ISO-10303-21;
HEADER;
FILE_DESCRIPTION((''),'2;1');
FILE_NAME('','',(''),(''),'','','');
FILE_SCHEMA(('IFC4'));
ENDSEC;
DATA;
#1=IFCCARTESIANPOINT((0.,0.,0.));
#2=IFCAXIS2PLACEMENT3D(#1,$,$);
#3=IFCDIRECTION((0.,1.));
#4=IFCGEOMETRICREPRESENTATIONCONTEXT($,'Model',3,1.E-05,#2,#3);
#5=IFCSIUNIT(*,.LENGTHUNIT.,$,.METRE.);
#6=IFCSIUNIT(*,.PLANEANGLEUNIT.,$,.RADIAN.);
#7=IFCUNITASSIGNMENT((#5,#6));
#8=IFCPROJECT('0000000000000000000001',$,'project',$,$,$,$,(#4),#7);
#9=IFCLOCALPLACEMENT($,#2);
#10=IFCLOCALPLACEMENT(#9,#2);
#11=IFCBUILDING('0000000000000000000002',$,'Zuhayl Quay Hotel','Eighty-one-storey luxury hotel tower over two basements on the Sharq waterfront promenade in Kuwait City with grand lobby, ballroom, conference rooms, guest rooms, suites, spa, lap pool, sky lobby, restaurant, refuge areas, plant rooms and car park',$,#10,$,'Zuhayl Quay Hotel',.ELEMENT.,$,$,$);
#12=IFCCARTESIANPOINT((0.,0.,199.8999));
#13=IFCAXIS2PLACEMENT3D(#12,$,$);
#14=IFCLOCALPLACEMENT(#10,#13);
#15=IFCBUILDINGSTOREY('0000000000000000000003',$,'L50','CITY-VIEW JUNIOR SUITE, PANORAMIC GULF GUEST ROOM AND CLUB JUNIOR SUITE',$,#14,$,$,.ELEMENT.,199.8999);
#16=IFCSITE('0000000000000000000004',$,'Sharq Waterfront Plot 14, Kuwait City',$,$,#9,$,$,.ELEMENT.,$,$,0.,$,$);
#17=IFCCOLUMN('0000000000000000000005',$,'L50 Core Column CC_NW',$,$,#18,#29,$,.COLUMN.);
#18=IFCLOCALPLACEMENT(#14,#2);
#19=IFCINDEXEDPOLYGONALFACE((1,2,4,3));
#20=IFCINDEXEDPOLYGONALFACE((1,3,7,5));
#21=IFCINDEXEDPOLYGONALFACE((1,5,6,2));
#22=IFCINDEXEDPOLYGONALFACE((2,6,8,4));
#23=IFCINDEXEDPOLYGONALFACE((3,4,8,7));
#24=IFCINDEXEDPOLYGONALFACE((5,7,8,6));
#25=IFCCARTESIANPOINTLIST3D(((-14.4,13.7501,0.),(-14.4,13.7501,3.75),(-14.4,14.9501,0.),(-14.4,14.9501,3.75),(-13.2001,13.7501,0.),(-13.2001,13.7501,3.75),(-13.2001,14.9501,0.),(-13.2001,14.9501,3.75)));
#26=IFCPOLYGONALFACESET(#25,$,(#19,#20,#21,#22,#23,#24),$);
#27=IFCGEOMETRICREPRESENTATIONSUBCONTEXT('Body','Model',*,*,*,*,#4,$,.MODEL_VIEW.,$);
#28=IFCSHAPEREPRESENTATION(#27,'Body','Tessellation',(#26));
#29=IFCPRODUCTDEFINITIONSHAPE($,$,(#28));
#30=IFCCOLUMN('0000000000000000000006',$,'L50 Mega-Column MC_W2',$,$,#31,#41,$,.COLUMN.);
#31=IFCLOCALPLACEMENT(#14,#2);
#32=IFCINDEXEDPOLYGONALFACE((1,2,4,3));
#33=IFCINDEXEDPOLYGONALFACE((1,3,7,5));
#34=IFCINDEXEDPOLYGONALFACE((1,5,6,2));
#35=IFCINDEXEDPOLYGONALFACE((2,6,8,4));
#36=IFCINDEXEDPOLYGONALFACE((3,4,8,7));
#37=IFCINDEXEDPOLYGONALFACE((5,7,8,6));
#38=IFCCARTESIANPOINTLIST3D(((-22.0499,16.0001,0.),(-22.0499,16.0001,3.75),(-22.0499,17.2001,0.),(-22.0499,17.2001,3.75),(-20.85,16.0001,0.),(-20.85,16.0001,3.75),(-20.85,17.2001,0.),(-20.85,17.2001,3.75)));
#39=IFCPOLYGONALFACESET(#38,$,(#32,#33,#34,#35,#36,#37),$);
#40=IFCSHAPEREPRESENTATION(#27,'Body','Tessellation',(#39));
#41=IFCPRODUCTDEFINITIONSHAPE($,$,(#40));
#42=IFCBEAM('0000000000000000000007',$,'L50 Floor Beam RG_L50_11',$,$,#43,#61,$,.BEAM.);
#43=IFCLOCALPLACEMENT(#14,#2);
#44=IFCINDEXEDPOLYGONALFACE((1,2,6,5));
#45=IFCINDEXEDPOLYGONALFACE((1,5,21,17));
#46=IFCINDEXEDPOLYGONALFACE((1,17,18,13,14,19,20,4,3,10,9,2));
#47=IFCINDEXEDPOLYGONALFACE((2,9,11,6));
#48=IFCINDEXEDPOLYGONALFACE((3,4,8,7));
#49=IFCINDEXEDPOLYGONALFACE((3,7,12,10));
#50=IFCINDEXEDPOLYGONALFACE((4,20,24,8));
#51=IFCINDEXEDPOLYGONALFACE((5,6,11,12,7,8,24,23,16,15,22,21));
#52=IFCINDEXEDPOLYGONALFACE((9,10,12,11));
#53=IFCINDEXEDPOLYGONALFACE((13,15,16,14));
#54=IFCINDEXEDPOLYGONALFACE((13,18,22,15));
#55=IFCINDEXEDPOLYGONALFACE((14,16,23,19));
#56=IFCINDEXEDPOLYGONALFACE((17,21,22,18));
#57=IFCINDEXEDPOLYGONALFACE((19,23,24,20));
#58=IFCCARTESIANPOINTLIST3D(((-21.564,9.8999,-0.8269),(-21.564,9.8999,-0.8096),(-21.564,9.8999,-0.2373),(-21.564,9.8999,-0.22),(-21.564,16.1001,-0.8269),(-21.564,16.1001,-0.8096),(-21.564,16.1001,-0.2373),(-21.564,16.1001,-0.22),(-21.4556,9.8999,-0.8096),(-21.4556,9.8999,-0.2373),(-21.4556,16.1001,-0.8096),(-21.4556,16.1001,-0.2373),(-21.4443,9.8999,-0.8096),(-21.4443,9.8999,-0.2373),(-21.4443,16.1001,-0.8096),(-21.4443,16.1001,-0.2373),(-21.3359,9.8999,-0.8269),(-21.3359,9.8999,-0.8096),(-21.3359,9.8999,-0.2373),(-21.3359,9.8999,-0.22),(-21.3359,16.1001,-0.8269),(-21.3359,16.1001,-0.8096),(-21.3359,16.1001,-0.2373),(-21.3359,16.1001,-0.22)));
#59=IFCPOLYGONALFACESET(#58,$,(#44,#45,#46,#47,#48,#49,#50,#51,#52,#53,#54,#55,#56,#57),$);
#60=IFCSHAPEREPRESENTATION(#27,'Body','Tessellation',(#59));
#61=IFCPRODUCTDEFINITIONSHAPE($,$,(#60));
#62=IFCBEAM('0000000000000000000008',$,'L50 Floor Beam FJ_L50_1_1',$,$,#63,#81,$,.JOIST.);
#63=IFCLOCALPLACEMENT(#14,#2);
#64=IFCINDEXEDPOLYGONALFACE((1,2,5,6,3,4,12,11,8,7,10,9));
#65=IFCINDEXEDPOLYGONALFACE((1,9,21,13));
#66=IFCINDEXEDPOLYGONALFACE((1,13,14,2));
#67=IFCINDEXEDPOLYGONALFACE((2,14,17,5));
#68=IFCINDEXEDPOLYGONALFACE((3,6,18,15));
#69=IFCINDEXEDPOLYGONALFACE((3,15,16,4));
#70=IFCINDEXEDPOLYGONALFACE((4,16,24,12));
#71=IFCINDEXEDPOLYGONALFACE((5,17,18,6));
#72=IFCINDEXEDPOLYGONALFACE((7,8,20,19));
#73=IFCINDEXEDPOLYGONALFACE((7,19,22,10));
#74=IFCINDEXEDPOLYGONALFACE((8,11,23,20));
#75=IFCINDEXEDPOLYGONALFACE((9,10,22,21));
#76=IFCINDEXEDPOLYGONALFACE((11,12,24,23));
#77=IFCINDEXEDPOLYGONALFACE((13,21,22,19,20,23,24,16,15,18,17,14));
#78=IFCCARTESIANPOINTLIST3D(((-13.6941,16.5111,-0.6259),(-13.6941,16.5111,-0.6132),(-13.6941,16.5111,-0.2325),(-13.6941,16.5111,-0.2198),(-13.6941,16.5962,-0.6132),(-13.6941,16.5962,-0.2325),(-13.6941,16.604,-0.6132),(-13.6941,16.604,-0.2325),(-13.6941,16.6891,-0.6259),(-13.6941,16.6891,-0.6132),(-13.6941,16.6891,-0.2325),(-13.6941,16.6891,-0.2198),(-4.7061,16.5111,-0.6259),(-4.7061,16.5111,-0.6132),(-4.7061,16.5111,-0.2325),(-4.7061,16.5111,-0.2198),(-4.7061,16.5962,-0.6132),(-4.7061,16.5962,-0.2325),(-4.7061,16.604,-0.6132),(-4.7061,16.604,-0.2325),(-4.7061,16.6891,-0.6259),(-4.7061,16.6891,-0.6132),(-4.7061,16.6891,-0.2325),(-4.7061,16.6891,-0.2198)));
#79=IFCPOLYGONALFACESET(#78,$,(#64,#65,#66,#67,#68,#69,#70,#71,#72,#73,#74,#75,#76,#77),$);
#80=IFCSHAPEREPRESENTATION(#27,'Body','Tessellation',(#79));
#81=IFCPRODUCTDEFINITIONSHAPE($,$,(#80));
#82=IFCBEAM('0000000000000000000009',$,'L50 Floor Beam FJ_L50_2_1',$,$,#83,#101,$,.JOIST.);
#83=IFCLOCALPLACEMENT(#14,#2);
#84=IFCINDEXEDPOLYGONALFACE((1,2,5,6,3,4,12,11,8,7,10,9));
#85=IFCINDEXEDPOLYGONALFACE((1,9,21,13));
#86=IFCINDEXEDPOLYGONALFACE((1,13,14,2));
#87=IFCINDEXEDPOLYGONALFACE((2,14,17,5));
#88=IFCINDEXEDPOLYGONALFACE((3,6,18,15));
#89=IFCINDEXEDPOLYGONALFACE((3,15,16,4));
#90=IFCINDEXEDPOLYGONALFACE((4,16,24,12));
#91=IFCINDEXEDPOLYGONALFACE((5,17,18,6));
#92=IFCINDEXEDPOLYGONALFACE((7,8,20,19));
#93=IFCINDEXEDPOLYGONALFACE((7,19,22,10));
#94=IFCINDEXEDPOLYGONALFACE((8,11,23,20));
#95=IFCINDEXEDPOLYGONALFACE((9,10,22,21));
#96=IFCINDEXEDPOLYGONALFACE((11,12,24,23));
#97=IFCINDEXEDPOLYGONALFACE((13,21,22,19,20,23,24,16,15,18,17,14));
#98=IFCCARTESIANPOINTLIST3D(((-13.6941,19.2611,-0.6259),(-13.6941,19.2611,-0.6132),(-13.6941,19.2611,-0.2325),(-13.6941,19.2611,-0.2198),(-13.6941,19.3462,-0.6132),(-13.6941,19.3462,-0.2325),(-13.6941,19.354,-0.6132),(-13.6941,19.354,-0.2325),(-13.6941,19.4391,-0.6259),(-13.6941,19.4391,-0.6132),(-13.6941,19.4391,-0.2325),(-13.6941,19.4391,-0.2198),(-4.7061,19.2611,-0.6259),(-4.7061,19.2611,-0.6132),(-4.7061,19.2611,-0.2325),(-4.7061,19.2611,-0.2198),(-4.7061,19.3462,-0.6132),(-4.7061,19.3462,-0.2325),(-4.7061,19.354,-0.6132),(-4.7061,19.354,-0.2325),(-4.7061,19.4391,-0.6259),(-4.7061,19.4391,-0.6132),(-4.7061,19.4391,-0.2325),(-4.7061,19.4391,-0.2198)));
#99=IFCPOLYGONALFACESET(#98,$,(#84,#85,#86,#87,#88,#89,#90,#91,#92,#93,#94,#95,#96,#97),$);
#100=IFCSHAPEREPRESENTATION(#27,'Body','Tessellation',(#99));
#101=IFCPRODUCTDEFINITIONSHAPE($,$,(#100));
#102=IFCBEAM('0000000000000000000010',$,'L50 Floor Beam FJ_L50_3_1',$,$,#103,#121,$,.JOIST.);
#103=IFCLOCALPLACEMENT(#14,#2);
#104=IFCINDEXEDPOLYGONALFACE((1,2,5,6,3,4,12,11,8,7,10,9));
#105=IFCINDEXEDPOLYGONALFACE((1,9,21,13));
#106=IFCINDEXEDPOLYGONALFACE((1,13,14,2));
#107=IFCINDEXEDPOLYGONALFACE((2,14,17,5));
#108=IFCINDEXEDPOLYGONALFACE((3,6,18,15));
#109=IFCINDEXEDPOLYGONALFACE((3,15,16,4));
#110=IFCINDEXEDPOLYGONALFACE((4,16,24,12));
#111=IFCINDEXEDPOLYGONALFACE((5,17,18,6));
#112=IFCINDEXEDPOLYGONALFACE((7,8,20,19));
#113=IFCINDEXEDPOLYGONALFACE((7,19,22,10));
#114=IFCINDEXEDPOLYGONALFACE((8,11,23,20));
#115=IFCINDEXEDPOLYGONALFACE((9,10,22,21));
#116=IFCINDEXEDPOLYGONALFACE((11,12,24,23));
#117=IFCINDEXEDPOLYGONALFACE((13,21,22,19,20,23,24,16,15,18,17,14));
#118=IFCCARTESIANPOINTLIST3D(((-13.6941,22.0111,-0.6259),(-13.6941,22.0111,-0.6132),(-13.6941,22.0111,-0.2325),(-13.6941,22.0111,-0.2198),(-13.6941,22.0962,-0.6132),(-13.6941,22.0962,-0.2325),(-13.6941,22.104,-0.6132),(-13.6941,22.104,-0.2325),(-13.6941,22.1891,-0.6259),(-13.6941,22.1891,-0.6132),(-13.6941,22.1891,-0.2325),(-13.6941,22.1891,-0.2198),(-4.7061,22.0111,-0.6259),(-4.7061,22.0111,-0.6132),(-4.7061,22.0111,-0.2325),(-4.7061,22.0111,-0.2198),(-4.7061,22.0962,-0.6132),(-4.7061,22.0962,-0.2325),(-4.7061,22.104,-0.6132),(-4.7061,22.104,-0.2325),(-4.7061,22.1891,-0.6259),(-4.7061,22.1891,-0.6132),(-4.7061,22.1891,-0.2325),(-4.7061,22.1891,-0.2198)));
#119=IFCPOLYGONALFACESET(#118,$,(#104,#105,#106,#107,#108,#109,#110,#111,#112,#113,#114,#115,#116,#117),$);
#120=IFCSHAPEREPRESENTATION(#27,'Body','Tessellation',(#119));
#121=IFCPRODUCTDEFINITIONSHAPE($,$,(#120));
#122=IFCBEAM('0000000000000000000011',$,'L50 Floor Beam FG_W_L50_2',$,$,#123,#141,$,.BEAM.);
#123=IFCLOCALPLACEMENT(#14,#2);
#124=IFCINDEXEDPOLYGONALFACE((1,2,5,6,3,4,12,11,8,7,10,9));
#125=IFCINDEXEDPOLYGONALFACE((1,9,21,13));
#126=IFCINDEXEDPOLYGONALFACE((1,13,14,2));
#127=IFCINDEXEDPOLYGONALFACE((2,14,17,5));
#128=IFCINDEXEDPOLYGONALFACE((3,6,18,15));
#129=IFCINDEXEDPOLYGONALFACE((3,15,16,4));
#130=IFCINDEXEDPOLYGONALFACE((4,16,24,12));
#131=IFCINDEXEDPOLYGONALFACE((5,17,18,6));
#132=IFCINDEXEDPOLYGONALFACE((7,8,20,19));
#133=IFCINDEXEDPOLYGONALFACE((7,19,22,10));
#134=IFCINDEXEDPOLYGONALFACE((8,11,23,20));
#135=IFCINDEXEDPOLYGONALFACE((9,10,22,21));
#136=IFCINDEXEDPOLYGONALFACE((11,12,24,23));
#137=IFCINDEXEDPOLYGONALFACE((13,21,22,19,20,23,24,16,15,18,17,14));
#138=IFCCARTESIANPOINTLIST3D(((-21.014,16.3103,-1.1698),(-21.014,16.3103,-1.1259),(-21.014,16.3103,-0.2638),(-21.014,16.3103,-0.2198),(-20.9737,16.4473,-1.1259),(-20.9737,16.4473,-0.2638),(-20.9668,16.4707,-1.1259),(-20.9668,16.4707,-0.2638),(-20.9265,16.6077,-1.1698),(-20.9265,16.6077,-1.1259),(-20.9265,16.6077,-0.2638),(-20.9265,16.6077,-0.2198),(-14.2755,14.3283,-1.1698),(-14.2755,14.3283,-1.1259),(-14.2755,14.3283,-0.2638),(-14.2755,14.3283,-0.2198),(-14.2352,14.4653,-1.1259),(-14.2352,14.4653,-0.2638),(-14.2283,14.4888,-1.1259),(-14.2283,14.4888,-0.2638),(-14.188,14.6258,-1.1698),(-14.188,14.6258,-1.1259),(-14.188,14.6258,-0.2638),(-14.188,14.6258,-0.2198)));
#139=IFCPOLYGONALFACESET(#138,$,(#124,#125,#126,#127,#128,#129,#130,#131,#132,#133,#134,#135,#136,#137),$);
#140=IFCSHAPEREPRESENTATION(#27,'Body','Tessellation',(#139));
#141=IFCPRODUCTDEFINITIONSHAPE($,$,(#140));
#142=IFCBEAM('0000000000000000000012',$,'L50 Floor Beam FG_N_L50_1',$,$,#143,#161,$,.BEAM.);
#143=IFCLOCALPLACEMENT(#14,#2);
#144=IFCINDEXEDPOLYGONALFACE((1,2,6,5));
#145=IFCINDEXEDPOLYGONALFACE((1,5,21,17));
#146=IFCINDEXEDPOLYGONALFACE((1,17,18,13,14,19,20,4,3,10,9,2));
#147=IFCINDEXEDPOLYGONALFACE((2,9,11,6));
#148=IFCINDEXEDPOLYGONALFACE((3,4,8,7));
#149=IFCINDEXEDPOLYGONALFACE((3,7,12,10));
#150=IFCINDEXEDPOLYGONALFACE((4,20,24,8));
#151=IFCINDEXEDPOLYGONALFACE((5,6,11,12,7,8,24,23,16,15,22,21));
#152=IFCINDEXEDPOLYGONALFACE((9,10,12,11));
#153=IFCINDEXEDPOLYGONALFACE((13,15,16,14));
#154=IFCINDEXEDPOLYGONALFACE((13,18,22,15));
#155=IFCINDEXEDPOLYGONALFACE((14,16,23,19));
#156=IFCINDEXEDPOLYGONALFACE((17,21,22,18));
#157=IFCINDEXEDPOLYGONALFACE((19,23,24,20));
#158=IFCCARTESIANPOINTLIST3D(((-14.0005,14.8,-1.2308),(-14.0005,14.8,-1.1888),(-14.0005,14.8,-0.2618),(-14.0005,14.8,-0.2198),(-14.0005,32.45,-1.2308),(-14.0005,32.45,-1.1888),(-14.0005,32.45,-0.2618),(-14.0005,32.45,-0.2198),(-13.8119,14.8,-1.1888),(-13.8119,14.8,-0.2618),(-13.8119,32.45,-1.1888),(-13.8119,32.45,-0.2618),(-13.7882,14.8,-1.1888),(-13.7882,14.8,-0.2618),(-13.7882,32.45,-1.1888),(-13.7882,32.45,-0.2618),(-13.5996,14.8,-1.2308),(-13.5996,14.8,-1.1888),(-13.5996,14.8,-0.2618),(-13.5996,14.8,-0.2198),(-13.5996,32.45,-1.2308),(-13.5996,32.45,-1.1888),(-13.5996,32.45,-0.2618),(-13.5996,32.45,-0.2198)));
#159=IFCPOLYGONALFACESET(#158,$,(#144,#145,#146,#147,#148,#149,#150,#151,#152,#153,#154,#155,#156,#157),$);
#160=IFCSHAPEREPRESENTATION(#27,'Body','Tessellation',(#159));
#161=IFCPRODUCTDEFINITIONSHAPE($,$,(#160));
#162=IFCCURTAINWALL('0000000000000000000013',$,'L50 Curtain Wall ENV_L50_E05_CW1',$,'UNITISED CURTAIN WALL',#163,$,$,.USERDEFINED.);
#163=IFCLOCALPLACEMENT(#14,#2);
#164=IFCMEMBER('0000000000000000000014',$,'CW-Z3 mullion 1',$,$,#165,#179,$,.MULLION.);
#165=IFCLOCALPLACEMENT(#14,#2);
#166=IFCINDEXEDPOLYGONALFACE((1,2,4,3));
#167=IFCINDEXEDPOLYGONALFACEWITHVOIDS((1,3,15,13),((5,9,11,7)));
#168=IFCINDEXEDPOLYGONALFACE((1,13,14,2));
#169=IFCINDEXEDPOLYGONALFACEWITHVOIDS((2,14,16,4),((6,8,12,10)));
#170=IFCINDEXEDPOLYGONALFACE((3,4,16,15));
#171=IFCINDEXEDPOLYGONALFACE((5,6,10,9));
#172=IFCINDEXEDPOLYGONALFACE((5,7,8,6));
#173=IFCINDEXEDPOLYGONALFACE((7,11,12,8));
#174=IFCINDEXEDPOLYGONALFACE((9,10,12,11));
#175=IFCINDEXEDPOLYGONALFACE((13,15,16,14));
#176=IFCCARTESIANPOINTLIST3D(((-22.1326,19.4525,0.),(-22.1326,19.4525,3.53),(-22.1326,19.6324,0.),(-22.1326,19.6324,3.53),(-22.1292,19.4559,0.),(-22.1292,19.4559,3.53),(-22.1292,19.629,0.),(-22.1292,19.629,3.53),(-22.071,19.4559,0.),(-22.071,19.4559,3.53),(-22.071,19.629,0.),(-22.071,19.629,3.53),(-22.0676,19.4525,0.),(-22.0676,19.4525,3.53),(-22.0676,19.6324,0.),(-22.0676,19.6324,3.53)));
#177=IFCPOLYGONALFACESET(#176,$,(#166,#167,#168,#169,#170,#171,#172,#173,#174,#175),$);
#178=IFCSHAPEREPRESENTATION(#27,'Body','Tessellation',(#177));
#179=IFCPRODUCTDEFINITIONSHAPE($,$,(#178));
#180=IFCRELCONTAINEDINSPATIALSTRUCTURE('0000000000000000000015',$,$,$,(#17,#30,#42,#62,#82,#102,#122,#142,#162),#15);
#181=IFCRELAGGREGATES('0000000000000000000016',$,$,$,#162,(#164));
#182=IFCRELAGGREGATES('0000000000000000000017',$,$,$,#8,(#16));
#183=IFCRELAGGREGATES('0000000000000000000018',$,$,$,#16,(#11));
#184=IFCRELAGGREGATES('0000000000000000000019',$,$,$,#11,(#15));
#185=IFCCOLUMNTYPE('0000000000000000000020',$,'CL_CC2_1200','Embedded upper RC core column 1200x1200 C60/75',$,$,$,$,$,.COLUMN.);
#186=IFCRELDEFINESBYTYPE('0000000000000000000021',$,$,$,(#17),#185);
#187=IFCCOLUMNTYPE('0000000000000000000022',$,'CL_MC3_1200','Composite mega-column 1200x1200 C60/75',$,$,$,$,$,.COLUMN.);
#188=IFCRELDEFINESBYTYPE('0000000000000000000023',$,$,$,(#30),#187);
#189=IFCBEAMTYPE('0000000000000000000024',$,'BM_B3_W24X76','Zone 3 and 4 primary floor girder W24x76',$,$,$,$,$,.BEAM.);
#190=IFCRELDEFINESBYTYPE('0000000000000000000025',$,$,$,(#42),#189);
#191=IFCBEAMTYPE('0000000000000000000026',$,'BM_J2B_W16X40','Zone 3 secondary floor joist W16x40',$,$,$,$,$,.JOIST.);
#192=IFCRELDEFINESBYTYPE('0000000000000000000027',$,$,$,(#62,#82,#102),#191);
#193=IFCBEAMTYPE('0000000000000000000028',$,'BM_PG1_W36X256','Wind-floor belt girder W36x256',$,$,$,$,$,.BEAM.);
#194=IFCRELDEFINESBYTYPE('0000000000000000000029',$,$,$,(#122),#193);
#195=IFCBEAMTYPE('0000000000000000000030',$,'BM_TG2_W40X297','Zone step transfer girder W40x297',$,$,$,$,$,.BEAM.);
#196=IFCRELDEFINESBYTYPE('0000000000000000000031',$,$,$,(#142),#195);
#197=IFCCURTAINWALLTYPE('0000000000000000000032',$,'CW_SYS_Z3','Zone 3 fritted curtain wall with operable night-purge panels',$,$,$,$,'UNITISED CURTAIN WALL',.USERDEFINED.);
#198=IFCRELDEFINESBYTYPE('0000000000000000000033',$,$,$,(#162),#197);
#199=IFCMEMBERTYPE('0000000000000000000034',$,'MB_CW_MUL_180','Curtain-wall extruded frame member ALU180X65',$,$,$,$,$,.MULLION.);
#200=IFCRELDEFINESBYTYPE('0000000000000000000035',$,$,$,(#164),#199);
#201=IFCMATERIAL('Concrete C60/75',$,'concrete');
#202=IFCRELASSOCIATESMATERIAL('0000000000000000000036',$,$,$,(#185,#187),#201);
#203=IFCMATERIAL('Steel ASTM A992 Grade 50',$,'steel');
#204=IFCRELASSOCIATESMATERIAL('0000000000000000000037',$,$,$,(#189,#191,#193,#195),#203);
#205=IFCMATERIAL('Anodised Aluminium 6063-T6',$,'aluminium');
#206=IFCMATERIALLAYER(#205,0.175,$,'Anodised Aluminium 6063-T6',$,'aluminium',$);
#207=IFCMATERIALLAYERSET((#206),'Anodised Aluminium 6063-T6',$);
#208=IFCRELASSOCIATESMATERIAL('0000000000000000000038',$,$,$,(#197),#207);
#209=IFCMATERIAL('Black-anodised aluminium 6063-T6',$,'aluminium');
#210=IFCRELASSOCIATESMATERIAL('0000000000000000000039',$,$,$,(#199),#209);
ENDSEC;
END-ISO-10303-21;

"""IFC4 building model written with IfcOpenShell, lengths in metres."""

from ifc_helpers import new_model, si_unit, direction, frame, origin, origin_2d, place, context, subcontext, project, spatial, rectangle, hollow_rectangle, i_section, extrude, material, layer, layer_set, material_profile, profile_set, type_object, element, aggregate, save


model = new_model("IFC4")

# Units and contexts
model_context = context("Model", 3, precision=1e-05, world=origin(), true_north=direction((0.0, 1.0)))
body_context = subcontext(model_context, "Body", "Model", "MODEL_VIEW")
ifc_project = project(units=[si_unit("LENGTHUNIT", "METRE"), si_unit("PLANEANGLEUNIT", "RADIAN")], contexts=[model_context])

# Site, building, storey
site_placement = place(None, origin())
site = spatial("IfcSite", under=ifc_project, at=site_placement, Name="Sharq Waterfront Plot 14, Kuwait City", CompositionType="ELEMENT", RefElevation=0.0)
building_placement = place(site_placement, origin())
building = spatial("IfcBuilding", under=site, at=building_placement, Name="Zuhayl Quay Hotel", Description="Eighty-one-storey luxury hotel tower over two basements on the Sharq waterfront promenade in Kuwait City with grand lobby, ballroom, conference rooms, guest rooms, suites, spa, lap pool, sky lobby, restaurant, refuge areas, plant rooms and car park", LongName="Zuhayl Quay Hotel", CompositionType="ELEMENT")
storey_placement = place(building_placement, frame((0.0, 0.0, 199.8999)))
storey = spatial("IfcBuildingStorey", under=building, at=storey_placement, Name="L50", Description="CITY-VIEW JUNIOR SUITE, PANORAMIC GULF GUEST ROOM AND CLUB JUNIOR SUITE", CompositionType="ELEMENT", Elevation=199.8999)

# Columns
ifc_material_1 = material(Name="Concrete C60/75", Category="concrete")
ifc_material_profile_1 = material_profile(ifc_material_1, rectangle(XDim=1.2, YDim=1.2, at=origin_2d()), Name="RC1200X1200")
ifc_profile_set_1 = profile_set([ifc_material_profile_1], Name="Concrete C60/75")
column_type_1 = type_object("IfcColumnType", Name="CL_CC2_1200", Description="Embedded upper RC core column 1200x1200 C60/75", PredefinedType="COLUMN", material=ifc_profile_set_1)
column_1_placement = place(storey_placement, frame((-13.8, 14.3501, 0.0), z_axis=(0.0, 0.0, 1.0), x_axis=(1.0, 0.0, 0.0)))
element("IfcColumn", 1, at=column_1_placement, inside=storey, type_object=column_type_1, Name="L50 Core Column CC_NW", PredefinedType="COLUMN", context=body_context, shape_type="SweptSolid", body=[
    extrude(rectangle(XDim=1.2, YDim=1.2, at=origin_2d()), origin(), (0.0, 0.0, 1.0), 3.75),
])
ifc_material_profile_2 = material_profile(ifc_material_1, rectangle(XDim=1.2, YDim=1.2, at=origin_2d()), Name="RC1200X1200")
ifc_profile_set_2 = profile_set([ifc_material_profile_2], Name="Concrete C60/75")
column_type_2 = type_object("IfcColumnType", Name="CL_MC3_1200", Description="Composite mega-column 1200x1200 C60/75", PredefinedType="COLUMN", material=ifc_profile_set_2)
column_2_placement = place(storey_placement, frame((-21.45, 16.6001, 0.0), z_axis=(0.0, 0.0, 1.0), x_axis=(1.0, 0.0, 0.0)))
element("IfcColumn", 2, at=column_2_placement, inside=storey, type_object=column_type_2, Name="L50 Mega-Column MC_W2", PredefinedType="COLUMN", context=body_context, shape_type="SweptSolid", body=[
    extrude(rectangle(XDim=1.2, YDim=1.2, at=origin_2d()), origin(), (0.0, 0.0, 1.0), 3.75),
])

# Beams
ifc_material_2 = material(Name="Steel ASTM A992 Grade 50", Category="steel")
ifc_material_profile_3 = material_profile(ifc_material_2, i_section(OverallWidth=0.228, OverallDepth=0.6069, WebThickness=0.0112, FlangeThickness=0.0173, at=origin_2d()), Name="W24X76")
ifc_profile_set_3 = profile_set([ifc_material_profile_3], Name="Steel ASTM A992 Grade 50")
beam_type_1 = type_object("IfcBeamType", Name="BM_B3_W24X76", Description="Zone 3 and 4 primary floor girder W24x76", PredefinedType="BEAM", material=ifc_profile_set_3)
beam_1_placement = place(storey_placement, frame((-21.45, 16.1001, -0.5234), z_axis=(0.0, -1.0, 0.0), x_axis=(1.0, 0.0, 0.0)))
element("IfcBeam", 3, at=beam_1_placement, inside=storey, type_object=beam_type_1, Name="L50 Floor Beam RG_L50_11", PredefinedType="BEAM", context=body_context, shape_type="SweptSolid", body=[
    extrude(i_section(OverallWidth=0.228, OverallDepth=0.6069, WebThickness=0.0112, FlangeThickness=0.0173, at=origin_2d()), origin(), (0.0, 0.0, 1.0), 6.2002),
])
ifc_material_profile_4 = material_profile(ifc_material_2, i_section(OverallWidth=0.178, OverallDepth=0.406, WebThickness=0.0078, FlangeThickness=0.0127, at=origin_2d()), Name="W16X40")
ifc_profile_set_4 = profile_set([ifc_material_profile_4], Name="Steel ASTM A992 Grade 50")
beam_type_2 = type_object("IfcBeamType", Name="BM_J2B_W16X40", Description="Zone 3 secondary floor joist W16x40", PredefinedType="JOIST", material=ifc_profile_set_4)
for number, where, z_axis, x_axis, name in (
    (4, (-13.6941, 16.6001, -0.4229), (1.0, 0.0, 0.0), (0.0, 1.0, 0.0), "L50 Floor Beam FJ_L50_1_1"),
    (5, (-13.6941, 19.3501, -0.4229), (1.0, 0.0, 0.0), (0.0, 1.0, 0.0), "L50 Floor Beam FJ_L50_2_1"),
    (6, (-13.6941, 22.1001, -0.4229), (1.0, 0.0, 0.0), (0.0, 1.0, 0.0), "L50 Floor Beam FJ_L50_3_1"),
):
    element("IfcBeam", number, at=place(storey_placement, frame(where, z_axis=z_axis, x_axis=x_axis)), inside=storey, type_object=beam_type_2, Name=name, PredefinedType="JOIST", context=body_context, shape_type="SweptSolid", body=[
        extrude(i_section(OverallWidth=0.178, OverallDepth=0.406, WebThickness=0.0078, FlangeThickness=0.0127, at=origin_2d()), origin(), (0.0, 0.0, 1.0), 8.988),
    ])
ifc_material_profile_5 = material_profile(ifc_material_2, i_section(OverallWidth=0.3101, OverallDepth=0.95, WebThickness=0.0244, FlangeThickness=0.0439, at=origin_2d()), Name="W36X256")
ifc_profile_set_5 = profile_set([ifc_material_profile_5], Name="Steel ASTM A992 Grade 50")
beam_type_3 = type_object("IfcBeamType", Name="BM_PG1_W36X256", Description="Wind-floor belt girder W36x256", PredefinedType="BEAM", material=ifc_profile_set_5)
beam_2_placement = place(storey_placement, frame((-20.9702, 16.459, -0.6948), z_axis=(0.959365, -0.282168, 0.0), x_axis=(0.282168, 0.959365, 0.0)))
element("IfcBeam", 7, at=beam_2_placement, inside=storey, type_object=beam_type_3, Name="L50 Floor Beam FG_W_L50_2", PredefinedType="BEAM", context=body_context, shape_type="SweptSolid", body=[
    extrude(i_section(OverallWidth=0.3101, OverallDepth=0.95, WebThickness=0.0244, FlangeThickness=0.0439, at=origin_2d()), origin(), (0.0, 0.0, 1.0), 7.0239),
])
ifc_material_profile_6 = material_profile(ifc_material_2, i_section(OverallWidth=0.4009, OverallDepth=1.011, WebThickness=0.0237, FlangeThickness=0.042, at=origin_2d()), Name="W40X297")
ifc_profile_set_6 = profile_set([ifc_material_profile_6], Name="Steel ASTM A992 Grade 50")
beam_type_4 = type_object("IfcBeamType", Name="BM_TG2_W40X297", Description="Zone step transfer girder W40x297", PredefinedType="BEAM", material=ifc_profile_set_6)
beam_3_placement = place(storey_placement, frame((-13.8, 14.8, -0.7253), z_axis=(0.0, 1.0, 0.0), x_axis=(-1.0, 0.0, 0.0)))
element("IfcBeam", 8, at=beam_3_placement, inside=storey, type_object=beam_type_4, Name="L50 Floor Beam FG_N_L50_1", PredefinedType="BEAM", context=body_context, shape_type="SweptSolid", body=[
    extrude(i_section(OverallWidth=0.4009, OverallDepth=1.011, WebThickness=0.0237, FlangeThickness=0.042, at=origin_2d()), origin(), (0.0, 0.0, 1.0), 17.6499),
])

# Curtain wall, member
ifc_material_3 = material(Name="Anodised Aluminium 6063-T6", Category="aluminium")
ifc_layer_1 = layer(ifc_material_3, 0.175, Name="Anodised Aluminium 6063-T6", Category="aluminium")
ifc_layer_set_1 = layer_set([ifc_layer_1], Name="Anodised Aluminium 6063-T6")
curtain_wall_type = type_object("IfcCurtainWallType", Name="CW_SYS_Z3", Description="Zone 3 fritted curtain wall with operable night-purge panels", ElementType="UNITISED CURTAIN WALL", PredefinedType="USERDEFINED", material=ifc_layer_set_1)
curtain_wall_placement = place(storey_placement, origin())
curtain_wall = element("IfcCurtainWall", 9, at=curtain_wall_placement, inside=storey, type_object=curtain_wall_type, Name="L50 Curtain Wall ENV_L50_E05_CW1", ObjectType="UNITISED CURTAIN WALL", PredefinedType="USERDEFINED")
ifc_material_4 = material(Name="Black-anodised aluminium 6063-T6", Category="aluminium")
ifc_material_profile_7 = material_profile(ifc_material_4, hollow_rectangle(XDim=0.0649, YDim=0.1799, WallThickness=0.0034, at=origin_2d()), Name="ALU180X65")
ifc_profile_set_7 = profile_set([ifc_material_profile_7], Name="Black-anodised aluminium 6063-T6")
member_type_1 = type_object("IfcMemberType", Name="MB_CW_MUL_180", Description="Curtain-wall extruded frame member ALU180X65", PredefinedType="MULLION", material=ifc_profile_set_7)
member_1_placement = place(storey_placement, frame((-22.1001, 19.5425, 0.0), z_axis=(0.0, 0.0, 1.0), x_axis=(-1.0, 0.0, 0.0)))
member_1 = element("IfcMember", 10, at=member_1_placement, type_object=member_type_1, Name="CW-Z3 mullion 1", PredefinedType="MULLION", context=body_context, shape_type="SweptSolid", body=[
    extrude(hollow_rectangle(XDim=0.0649, YDim=0.1799, WallThickness=0.0034, at=origin_2d()), origin(), (0.0, 0.0, 1.0), 3.53),
])
aggregate(curtain_wall, [member_1])

save(model, "model.ifc")
